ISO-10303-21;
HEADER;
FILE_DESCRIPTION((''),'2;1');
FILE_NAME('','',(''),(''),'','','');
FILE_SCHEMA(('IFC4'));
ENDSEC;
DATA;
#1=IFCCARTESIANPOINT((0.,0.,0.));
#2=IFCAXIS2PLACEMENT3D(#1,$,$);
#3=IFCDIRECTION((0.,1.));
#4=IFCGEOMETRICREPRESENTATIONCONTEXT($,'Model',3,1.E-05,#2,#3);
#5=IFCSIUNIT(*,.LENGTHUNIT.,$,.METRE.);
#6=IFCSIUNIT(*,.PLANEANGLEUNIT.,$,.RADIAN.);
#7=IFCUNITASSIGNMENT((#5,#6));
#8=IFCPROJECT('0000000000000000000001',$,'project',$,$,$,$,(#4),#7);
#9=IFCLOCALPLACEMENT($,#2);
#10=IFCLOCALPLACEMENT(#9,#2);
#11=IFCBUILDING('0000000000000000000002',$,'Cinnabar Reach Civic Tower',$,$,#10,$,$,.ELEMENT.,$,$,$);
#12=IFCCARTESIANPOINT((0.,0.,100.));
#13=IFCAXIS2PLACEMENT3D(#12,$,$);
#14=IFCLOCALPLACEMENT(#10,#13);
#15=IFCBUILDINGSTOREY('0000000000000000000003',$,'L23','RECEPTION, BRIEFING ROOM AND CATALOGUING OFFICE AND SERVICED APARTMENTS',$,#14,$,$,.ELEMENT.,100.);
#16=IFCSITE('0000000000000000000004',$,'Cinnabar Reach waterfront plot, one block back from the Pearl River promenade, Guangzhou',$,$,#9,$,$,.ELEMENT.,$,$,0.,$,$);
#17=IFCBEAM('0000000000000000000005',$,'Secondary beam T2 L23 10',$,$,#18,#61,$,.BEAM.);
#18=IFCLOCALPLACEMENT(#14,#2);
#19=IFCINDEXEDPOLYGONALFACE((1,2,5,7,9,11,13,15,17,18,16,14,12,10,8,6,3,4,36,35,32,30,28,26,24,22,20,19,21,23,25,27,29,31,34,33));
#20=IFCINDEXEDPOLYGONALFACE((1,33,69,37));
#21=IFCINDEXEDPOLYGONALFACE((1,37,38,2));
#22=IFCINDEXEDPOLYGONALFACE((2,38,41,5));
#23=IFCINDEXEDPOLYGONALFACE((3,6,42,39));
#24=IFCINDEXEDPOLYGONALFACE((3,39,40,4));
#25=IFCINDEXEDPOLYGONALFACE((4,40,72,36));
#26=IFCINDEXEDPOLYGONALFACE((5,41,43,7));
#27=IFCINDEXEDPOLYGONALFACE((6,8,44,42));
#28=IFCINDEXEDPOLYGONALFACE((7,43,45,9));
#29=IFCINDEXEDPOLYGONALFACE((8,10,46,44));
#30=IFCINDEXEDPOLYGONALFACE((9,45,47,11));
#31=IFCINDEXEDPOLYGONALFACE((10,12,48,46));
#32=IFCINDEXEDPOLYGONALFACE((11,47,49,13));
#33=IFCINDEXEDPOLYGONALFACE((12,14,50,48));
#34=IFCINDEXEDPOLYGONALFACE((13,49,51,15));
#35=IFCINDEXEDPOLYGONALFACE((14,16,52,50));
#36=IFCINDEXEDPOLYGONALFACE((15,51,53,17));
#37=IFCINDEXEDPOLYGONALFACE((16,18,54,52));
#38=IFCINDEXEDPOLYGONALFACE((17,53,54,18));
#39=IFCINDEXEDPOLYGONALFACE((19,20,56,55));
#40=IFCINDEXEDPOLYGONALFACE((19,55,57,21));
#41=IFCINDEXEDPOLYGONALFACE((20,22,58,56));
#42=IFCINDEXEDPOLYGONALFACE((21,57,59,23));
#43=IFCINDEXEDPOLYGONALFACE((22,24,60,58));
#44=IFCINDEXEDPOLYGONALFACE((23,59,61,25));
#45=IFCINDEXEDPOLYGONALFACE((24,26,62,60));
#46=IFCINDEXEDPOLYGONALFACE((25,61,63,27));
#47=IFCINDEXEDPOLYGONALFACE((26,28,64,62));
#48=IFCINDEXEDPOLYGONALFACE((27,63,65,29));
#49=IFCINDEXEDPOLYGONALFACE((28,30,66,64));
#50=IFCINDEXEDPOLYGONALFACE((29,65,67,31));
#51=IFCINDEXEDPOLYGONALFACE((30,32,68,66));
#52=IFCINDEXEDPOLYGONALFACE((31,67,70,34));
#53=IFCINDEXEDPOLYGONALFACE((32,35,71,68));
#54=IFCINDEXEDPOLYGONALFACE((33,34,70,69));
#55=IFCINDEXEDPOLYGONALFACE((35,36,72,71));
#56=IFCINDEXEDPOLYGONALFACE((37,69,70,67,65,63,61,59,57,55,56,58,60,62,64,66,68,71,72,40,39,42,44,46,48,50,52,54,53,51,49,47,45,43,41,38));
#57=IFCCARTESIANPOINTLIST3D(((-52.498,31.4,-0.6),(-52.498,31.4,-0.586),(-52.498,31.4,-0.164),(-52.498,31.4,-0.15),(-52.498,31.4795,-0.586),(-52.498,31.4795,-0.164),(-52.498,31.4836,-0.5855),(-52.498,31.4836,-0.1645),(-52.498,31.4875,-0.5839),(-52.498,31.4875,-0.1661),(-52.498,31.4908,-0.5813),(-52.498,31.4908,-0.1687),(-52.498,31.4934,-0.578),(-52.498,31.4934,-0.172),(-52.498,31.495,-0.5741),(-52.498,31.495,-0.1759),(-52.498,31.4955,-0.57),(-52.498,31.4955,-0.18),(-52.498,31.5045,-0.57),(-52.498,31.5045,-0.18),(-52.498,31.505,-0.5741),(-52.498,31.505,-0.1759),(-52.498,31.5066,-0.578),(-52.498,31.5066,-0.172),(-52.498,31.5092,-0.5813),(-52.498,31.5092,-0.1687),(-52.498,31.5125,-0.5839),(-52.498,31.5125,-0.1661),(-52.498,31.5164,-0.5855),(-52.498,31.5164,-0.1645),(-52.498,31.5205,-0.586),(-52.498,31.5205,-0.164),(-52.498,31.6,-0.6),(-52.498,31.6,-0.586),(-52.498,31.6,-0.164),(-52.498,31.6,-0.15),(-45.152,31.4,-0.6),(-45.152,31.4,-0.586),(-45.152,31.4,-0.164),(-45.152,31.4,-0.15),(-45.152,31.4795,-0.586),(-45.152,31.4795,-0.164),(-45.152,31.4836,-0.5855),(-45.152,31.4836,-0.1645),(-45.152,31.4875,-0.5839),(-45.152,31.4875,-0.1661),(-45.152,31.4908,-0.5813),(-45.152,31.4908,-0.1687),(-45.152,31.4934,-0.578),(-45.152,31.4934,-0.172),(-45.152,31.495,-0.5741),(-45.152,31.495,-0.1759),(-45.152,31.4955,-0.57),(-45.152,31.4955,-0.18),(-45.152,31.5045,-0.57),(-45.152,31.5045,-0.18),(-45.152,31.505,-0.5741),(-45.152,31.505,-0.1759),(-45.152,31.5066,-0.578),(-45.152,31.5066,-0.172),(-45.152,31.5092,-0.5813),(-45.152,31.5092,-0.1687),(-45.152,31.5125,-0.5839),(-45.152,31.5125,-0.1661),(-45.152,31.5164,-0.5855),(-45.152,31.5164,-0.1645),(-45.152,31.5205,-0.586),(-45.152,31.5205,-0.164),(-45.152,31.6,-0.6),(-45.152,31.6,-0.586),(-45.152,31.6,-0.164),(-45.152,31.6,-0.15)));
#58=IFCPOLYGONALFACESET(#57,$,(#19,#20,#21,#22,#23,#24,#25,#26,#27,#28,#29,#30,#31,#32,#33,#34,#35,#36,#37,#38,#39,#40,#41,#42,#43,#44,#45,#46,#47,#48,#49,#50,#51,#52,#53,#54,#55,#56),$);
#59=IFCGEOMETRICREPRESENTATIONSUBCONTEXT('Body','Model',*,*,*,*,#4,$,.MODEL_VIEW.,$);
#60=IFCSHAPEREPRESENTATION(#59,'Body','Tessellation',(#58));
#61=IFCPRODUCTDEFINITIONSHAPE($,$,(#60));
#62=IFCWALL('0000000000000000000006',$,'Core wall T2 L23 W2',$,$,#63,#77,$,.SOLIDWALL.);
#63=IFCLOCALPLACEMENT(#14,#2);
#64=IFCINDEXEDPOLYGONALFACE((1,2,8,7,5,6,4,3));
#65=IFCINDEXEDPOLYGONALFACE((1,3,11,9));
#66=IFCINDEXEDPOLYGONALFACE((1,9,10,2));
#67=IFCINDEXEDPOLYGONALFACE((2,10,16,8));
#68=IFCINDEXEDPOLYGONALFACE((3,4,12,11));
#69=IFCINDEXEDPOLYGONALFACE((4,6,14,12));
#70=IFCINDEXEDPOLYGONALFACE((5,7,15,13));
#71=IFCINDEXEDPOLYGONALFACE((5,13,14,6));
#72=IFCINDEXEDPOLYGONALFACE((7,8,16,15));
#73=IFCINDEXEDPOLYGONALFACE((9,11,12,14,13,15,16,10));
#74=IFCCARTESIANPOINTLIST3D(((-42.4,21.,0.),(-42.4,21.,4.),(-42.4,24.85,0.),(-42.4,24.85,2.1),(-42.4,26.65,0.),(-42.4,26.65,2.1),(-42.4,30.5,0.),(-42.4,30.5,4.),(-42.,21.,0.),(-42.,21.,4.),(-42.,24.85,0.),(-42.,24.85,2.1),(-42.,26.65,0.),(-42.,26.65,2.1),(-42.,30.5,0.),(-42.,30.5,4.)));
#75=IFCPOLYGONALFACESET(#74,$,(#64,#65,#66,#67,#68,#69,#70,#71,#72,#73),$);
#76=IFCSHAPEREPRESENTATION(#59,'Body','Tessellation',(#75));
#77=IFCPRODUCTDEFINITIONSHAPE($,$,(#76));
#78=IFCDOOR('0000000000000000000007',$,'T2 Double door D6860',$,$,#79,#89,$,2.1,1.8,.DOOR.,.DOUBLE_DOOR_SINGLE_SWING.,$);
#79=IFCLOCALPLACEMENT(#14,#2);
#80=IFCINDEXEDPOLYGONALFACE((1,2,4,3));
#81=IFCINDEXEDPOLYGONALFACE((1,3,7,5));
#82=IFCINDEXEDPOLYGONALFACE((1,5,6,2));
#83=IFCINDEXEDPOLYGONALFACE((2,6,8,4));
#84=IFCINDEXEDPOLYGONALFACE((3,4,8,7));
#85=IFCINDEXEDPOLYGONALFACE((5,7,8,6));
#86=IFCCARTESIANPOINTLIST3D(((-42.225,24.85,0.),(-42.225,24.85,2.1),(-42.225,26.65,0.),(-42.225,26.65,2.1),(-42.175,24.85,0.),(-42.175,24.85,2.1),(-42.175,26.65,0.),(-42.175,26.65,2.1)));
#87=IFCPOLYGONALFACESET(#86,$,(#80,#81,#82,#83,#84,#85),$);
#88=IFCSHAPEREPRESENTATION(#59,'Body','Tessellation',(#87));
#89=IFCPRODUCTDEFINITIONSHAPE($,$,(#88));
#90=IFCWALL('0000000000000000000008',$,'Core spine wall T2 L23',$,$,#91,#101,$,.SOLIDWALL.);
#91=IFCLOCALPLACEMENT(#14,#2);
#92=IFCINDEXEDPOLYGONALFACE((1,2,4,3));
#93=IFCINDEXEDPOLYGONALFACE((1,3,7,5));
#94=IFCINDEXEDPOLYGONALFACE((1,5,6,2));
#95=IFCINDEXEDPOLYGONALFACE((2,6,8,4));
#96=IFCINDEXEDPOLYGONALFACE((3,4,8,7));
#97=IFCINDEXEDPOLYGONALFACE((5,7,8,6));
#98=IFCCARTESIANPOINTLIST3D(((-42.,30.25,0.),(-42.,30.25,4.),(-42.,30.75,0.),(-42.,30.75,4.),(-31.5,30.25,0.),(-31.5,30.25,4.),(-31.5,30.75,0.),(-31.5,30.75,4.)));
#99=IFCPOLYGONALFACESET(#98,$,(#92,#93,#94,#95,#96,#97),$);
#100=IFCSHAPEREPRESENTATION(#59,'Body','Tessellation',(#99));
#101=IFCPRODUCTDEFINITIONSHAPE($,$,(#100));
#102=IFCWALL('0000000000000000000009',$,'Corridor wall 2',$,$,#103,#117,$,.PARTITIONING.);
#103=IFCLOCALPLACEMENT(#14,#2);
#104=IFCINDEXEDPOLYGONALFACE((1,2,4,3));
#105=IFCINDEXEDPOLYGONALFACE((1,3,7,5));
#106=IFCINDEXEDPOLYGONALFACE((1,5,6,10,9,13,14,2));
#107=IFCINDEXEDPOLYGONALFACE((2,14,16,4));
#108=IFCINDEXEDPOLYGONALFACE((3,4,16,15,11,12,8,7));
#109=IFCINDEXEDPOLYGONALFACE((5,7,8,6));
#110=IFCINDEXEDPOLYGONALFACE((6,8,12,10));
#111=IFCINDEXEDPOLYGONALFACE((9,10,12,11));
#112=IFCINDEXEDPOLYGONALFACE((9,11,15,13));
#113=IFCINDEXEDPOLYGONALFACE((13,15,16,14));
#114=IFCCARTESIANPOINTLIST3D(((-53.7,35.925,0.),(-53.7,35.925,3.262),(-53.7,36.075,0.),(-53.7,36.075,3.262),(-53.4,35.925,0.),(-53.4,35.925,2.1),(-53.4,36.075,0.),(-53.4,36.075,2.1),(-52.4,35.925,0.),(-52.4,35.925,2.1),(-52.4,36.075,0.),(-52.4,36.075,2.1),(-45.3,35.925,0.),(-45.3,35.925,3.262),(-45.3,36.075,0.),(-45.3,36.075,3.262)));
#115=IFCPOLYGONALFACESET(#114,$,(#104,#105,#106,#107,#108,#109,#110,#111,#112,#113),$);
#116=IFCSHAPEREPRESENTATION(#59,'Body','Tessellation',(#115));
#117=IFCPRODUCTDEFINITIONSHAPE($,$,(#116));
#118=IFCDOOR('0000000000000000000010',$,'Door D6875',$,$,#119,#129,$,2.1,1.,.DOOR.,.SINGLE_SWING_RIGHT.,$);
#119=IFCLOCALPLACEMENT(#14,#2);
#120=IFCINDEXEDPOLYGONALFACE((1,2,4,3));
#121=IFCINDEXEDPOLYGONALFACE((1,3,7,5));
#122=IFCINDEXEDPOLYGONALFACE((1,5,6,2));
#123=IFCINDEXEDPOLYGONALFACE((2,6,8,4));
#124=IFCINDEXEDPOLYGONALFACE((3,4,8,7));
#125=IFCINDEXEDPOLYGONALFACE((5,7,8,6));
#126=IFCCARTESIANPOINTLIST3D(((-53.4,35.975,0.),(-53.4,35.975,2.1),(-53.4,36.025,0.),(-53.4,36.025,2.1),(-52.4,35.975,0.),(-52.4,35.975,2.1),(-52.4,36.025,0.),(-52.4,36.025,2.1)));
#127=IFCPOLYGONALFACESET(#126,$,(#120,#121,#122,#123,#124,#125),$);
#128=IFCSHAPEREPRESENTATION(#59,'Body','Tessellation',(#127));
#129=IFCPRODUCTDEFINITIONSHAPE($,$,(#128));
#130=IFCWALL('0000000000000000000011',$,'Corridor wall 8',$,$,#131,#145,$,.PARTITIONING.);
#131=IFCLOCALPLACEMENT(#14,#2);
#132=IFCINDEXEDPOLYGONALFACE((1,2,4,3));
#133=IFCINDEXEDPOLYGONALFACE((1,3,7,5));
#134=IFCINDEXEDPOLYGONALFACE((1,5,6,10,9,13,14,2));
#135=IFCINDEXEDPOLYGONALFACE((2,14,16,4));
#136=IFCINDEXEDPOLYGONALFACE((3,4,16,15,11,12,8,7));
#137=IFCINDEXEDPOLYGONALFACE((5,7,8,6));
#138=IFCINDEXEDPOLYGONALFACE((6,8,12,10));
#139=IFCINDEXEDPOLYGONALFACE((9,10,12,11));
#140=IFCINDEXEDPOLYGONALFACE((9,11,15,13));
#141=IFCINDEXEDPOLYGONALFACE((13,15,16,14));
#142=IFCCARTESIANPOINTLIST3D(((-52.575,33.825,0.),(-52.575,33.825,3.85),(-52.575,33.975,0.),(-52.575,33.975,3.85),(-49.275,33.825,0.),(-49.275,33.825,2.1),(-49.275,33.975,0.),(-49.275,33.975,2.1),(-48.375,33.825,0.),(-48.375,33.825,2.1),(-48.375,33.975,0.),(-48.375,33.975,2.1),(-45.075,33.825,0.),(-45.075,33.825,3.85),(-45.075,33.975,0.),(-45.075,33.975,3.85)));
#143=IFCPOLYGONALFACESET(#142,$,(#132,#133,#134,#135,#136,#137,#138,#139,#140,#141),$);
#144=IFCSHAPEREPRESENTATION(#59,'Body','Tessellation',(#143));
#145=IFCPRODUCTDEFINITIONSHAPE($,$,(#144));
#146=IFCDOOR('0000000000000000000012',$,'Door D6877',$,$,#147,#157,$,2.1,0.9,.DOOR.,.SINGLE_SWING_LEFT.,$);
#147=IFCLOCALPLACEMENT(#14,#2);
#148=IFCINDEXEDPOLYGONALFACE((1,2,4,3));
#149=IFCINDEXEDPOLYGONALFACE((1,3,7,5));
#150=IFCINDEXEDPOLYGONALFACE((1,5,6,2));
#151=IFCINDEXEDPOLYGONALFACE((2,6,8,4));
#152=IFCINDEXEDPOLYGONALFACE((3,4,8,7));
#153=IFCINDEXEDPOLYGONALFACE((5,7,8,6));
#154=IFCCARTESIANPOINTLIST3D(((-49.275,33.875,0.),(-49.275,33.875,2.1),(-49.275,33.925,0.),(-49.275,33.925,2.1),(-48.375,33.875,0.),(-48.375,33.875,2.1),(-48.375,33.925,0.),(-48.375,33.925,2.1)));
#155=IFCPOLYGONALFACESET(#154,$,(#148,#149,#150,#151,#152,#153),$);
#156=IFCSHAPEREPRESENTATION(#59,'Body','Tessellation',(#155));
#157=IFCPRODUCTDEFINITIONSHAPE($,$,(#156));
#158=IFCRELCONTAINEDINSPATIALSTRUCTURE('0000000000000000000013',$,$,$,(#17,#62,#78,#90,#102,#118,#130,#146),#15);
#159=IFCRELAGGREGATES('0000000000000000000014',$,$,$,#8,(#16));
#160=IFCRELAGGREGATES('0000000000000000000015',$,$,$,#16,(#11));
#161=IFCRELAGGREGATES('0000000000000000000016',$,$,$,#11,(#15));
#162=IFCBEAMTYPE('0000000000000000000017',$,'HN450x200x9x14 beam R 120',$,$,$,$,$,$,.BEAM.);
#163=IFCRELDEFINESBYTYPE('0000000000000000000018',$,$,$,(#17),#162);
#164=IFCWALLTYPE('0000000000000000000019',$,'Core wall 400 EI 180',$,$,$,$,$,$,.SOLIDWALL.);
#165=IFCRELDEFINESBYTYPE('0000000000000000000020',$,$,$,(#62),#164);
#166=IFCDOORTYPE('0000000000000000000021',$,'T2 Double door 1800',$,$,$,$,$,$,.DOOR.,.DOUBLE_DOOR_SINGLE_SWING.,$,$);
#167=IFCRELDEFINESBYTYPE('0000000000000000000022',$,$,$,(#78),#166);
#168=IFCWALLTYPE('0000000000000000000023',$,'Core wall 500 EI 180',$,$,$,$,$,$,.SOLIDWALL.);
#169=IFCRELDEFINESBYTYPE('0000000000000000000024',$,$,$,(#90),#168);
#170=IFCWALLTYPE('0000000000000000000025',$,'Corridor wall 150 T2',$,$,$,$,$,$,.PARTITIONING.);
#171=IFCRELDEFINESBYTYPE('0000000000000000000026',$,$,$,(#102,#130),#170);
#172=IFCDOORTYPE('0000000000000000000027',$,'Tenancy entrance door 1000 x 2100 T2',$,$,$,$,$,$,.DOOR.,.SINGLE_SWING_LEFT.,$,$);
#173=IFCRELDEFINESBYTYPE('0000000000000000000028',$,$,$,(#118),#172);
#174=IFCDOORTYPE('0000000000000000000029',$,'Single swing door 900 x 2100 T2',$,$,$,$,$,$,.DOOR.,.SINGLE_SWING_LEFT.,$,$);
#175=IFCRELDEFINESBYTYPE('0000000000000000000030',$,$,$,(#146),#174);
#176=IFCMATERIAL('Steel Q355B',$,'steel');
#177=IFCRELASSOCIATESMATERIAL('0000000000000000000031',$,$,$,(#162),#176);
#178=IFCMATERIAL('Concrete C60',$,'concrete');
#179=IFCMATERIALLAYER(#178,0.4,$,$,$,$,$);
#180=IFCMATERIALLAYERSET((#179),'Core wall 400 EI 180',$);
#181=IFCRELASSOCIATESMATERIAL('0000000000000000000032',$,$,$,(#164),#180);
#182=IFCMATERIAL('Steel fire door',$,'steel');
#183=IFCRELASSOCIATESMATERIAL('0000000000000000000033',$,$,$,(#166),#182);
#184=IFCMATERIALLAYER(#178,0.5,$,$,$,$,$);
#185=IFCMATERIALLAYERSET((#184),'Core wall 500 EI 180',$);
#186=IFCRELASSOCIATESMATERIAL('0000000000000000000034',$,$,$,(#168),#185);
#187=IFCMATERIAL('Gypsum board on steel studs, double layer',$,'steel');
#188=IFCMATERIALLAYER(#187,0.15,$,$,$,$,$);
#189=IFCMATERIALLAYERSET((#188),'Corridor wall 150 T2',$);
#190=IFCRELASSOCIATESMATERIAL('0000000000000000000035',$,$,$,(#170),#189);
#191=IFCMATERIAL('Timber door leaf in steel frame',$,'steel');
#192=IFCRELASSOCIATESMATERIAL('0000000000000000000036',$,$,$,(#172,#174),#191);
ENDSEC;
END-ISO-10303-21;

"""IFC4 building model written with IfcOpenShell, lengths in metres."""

from ifc_helpers import new_model, si_unit, direction, frame, frame_2d, origin, origin_2d, place, context, subcontext, project, spatial, rectangle, i_section, extrude, material, layer, layer_set, material_profile, profile_set, type_object, element, fill, save


model = new_model("IFC4")

# Units and contexts
model_context = context("Model", 3, precision=1e-05, world=origin(), true_north=direction((0.0, 1.0)))
body_context = subcontext(model_context, "Body", "Model", "MODEL_VIEW")
ifc_project = project(units=[si_unit("LENGTHUNIT", "METRE"), si_unit("PLANEANGLEUNIT", "RADIAN")], contexts=[model_context])

# Site, building, storey
site_placement = place(None, origin())
site = spatial("IfcSite", under=ifc_project, at=site_placement, Name="Cinnabar Reach waterfront plot, one block back from the Pearl River promenade, Guangzhou", CompositionType="ELEMENT", RefElevation=0.0)
building_placement = place(site_placement, origin())
building = spatial("IfcBuilding", under=site, at=building_placement, Name="Cinnabar Reach Civic Tower", CompositionType="ELEMENT")
storey_placement = place(building_placement, frame((0.0, 0.0, 100.0)))
storey = spatial("IfcBuildingStorey", under=building, at=storey_placement, Name="L23", Description="RECEPTION, BRIEFING ROOM AND CATALOGUING OFFICE AND SERVICED APARTMENTS", CompositionType="ELEMENT", Elevation=100.0)

# Shared definitions
ifc_material_1 = material(Name="Concrete C60", Category="concrete")

# Beam
ifc_material_2 = material(Name="Steel Q355B", Category="steel")
ifc_material_profile_1 = material_profile(ifc_material_2, i_section(OverallWidth=0.2, OverallDepth=0.45, WebThickness=0.009, FlangeThickness=0.014, FilletRadius=0.016, at=origin_2d()), Name="HN450x200x9x14")
ifc_profile_set_1 = profile_set([ifc_material_profile_1], Name="Steel Q355B")
beam_type_1 = type_object("IfcBeamType", Name="HN450x200x9x14 beam R 120", PredefinedType="BEAM", material=ifc_profile_set_1)
beam_1_placement = place(storey_placement, frame((-52.498, 31.5, -0.375), z_axis=(1.0, 0.0, 0.0), x_axis=(0.0, 1.0, 0.0)))
element("IfcBeam", 1, at=beam_1_placement, inside=storey, type_object=beam_type_1, Name="Secondary beam T2 L23 10", PredefinedType="BEAM", context=body_context, shape_type="SweptSolid", body=[
    extrude(i_section(OverallWidth=0.2, OverallDepth=0.45, WebThickness=0.009, FlangeThickness=0.014, FilletRadius=0.016, at=origin_2d()), origin(), (0.0, 0.0, 1.0), 7.346),
])

# Wall, opening, door
ifc_layer_1 = layer(ifc_material_1, 0.4)
ifc_layer_set_1 = layer_set([ifc_layer_1], Name="Core wall 400 EI 180")
wall_type_1 = type_object("IfcWallType", Name="Core wall 400 EI 180", PredefinedType="SOLIDWALL", material=ifc_layer_set_1)
wall_1_placement = place(storey_placement, frame((-42.2, 30.5, 0.0), z_axis=(0.0, 0.0, 1.0), x_axis=(0.0, -1.0, 0.0)))
wall_1 = element("IfcWall", 2, at=wall_1_placement, inside=storey, type_object=wall_type_1, Name="Core wall T2 L23 W2", PredefinedType="SOLIDWALL", context=body_context, shape_type="SweptSolid", body=[
    extrude(rectangle(XDim=9.5, YDim=0.4, at=frame_2d((4.75, 0.0))), origin(), (0.0, 0.0, 1.0), 4.0),
])
opening_1_placement = place(wall_1_placement, frame((3.85, 0.0, 0.0)))
opening_1 = element("IfcOpeningElement", 3, at=opening_1_placement, cuts=wall_1, PredefinedType="OPENING", context=body_context, shape_type="SweptSolid", body=[
    extrude(rectangle(XDim=1.8, YDim=2.1, at=frame_2d((0.9, 1.05))), frame((0.0, 0.21, 0.0), z_axis=(0.0, -1.0, 0.0), x_axis=(1.0, 0.0, 0.0)), (0.0, 0.0, 1.0), 0.42),
])
ifc_material_3 = material(Name="Steel fire door", Category="steel")
door_type_1 = type_object("IfcDoorType", Name="T2 Double door 1800", OperationType="DOUBLE_DOOR_SINGLE_SWING", PredefinedType="DOOR", material=ifc_material_3)
door_1_placement = place(opening_1_placement, origin())
door_1 = element("IfcDoor", 4, at=door_1_placement, inside=storey, type_object=door_type_1, Name="T2 Double door D6860", OperationType="DOUBLE_DOOR_SINGLE_SWING", OverallHeight=2.1, OverallWidth=1.8, PredefinedType="DOOR", context=body_context, shape_type="SweptSolid", body=[
    extrude(rectangle(XDim=1.8, YDim=2.1, at=frame_2d((0.9, 1.05))), frame((0.0, 0.025, 0.0), z_axis=(0.0, -1.0, 0.0), x_axis=(1.0, 0.0, 0.0)), (0.0, 0.0, 1.0), 0.05),
])
fill(opening_1, door_1)

# Wall
ifc_layer_2 = layer(ifc_material_1, 0.5)
ifc_layer_set_2 = layer_set([ifc_layer_2], Name="Core wall 500 EI 180")
wall_type_2 = type_object("IfcWallType", Name="Core wall 500 EI 180", PredefinedType="SOLIDWALL", material=ifc_layer_set_2)
wall_2_placement = place(storey_placement, frame((-42.0, 30.5, 0.0), z_axis=(0.0, 0.0, 1.0), x_axis=(1.0, 0.0, 0.0)))
element("IfcWall", 5, at=wall_2_placement, inside=storey, type_object=wall_type_2, Name="Core spine wall T2 L23", PredefinedType="SOLIDWALL", context=body_context, shape_type="SweptSolid", body=[
    extrude(rectangle(XDim=10.5, YDim=0.5, at=frame_2d((5.25, 0.0))), origin(), (0.0, 0.0, 1.0), 4.0),
])

# Walls, openings, doors
ifc_material_4 = material(Name="Gypsum board on steel studs, double layer", Category="steel")
ifc_layer_3 = layer(ifc_material_4, 0.15)
ifc_layer_set_3 = layer_set([ifc_layer_3], Name="Corridor wall 150 T2")
wall_type_3 = type_object("IfcWallType", Name="Corridor wall 150 T2", PredefinedType="PARTITIONING", material=ifc_layer_set_3)
wall_3_placement = place(storey_placement, frame((-53.7, 36.0, 0.0), z_axis=(0.0, 0.0, 1.0), x_axis=(1.0, 0.0, 0.0)))
wall_3 = element("IfcWall", 6, at=wall_3_placement, inside=storey, type_object=wall_type_3, Name="Corridor wall 2", PredefinedType="PARTITIONING", context=body_context, shape_type="SweptSolid", body=[
    extrude(rectangle(XDim=8.4, YDim=0.15, at=frame_2d((4.2, 0.0))), origin(), (0.0, 0.0, 1.0), 3.262),
])
opening_2_placement = place(wall_3_placement, frame((0.3, 0.0, 0.0)))
opening_2 = element("IfcOpeningElement", 7, at=opening_2_placement, cuts=wall_3, PredefinedType="OPENING", context=body_context, shape_type="SweptSolid", body=[
    extrude(rectangle(XDim=1.0, YDim=2.1, at=frame_2d((0.5, 1.05))), frame((0.0, 0.085, 0.0), z_axis=(0.0, -1.0, 0.0), x_axis=(1.0, 0.0, 0.0)), (0.0, 0.0, 1.0), 0.17),
])
ifc_material_5 = material(Name="Timber door leaf in steel frame", Category="steel")
door_type_2 = type_object("IfcDoorType", Name="Tenancy entrance door 1000 x 2100 T2", OperationType="SINGLE_SWING_LEFT", PredefinedType="DOOR", material=ifc_material_5)
door_2_placement = place(opening_2_placement, origin())
door_2 = element("IfcDoor", 8, at=door_2_placement, inside=storey, type_object=door_type_2, Name="Door D6875", OperationType="SINGLE_SWING_RIGHT", OverallHeight=2.1, OverallWidth=1.0, PredefinedType="DOOR", context=body_context, shape_type="SweptSolid", body=[
    extrude(rectangle(XDim=1.0, YDim=2.1, at=frame_2d((0.5, 1.05))), frame((0.0, 0.025, 0.0), z_axis=(0.0, -1.0, 0.0), x_axis=(1.0, 0.0, 0.0)), (0.0, 0.0, 1.0), 0.05),
])
fill(opening_2, door_2)
wall_4_placement = place(storey_placement, frame((-52.575, 33.9, 0.0), z_axis=(0.0, 0.0, 1.0), x_axis=(1.0, 0.0, 0.0)))
wall_4 = element("IfcWall", 9, at=wall_4_placement, inside=storey, type_object=wall_type_3, Name="Corridor wall 8", PredefinedType="PARTITIONING", context=body_context, shape_type="SweptSolid", body=[
    extrude(rectangle(XDim=7.5, YDim=0.15, at=frame_2d((3.75, 0.0))), origin(), (0.0, 0.0, 1.0), 3.85),
])
opening_3_placement = place(wall_4_placement, frame((3.3, 0.0, 0.0)))
opening_3 = element("IfcOpeningElement", 10, at=opening_3_placement, cuts=wall_4, PredefinedType="OPENING", context=body_context, shape_type="SweptSolid", body=[
    extrude(rectangle(XDim=0.9, YDim=2.1, at=frame_2d((0.45, 1.05))), frame((0.0, 0.085, 0.0), z_axis=(0.0, -1.0, 0.0), x_axis=(1.0, 0.0, 0.0)), (0.0, 0.0, 1.0), 0.17),
])
door_type_3 = type_object("IfcDoorType", Name="Single swing door 900 x 2100 T2", OperationType="SINGLE_SWING_LEFT", PredefinedType="DOOR", material=ifc_material_5)
door_3_placement = place(opening_3_placement, frame((0.9, 0.0, 0.0), z_axis=(0.0, 0.0, 1.0), x_axis=(-1.0, 0.0, 0.0)))
door_3 = element("IfcDoor", 11, at=door_3_placement, inside=storey, type_object=door_type_3, Name="Door D6877", OperationType="SINGLE_SWING_LEFT", OverallHeight=2.1, OverallWidth=0.9, PredefinedType="DOOR", context=body_context, shape_type="SweptSolid", body=[
    extrude(rectangle(XDim=0.9, YDim=2.1, at=frame_2d((0.45, 1.05))), frame((0.0, 0.025, 0.0), z_axis=(0.0, -1.0, 0.0), x_axis=(1.0, 0.0, 0.0)), (0.0, 0.0, 1.0), 0.05),
])
fill(opening_3, door_3)

save(model, "model.ifc")
